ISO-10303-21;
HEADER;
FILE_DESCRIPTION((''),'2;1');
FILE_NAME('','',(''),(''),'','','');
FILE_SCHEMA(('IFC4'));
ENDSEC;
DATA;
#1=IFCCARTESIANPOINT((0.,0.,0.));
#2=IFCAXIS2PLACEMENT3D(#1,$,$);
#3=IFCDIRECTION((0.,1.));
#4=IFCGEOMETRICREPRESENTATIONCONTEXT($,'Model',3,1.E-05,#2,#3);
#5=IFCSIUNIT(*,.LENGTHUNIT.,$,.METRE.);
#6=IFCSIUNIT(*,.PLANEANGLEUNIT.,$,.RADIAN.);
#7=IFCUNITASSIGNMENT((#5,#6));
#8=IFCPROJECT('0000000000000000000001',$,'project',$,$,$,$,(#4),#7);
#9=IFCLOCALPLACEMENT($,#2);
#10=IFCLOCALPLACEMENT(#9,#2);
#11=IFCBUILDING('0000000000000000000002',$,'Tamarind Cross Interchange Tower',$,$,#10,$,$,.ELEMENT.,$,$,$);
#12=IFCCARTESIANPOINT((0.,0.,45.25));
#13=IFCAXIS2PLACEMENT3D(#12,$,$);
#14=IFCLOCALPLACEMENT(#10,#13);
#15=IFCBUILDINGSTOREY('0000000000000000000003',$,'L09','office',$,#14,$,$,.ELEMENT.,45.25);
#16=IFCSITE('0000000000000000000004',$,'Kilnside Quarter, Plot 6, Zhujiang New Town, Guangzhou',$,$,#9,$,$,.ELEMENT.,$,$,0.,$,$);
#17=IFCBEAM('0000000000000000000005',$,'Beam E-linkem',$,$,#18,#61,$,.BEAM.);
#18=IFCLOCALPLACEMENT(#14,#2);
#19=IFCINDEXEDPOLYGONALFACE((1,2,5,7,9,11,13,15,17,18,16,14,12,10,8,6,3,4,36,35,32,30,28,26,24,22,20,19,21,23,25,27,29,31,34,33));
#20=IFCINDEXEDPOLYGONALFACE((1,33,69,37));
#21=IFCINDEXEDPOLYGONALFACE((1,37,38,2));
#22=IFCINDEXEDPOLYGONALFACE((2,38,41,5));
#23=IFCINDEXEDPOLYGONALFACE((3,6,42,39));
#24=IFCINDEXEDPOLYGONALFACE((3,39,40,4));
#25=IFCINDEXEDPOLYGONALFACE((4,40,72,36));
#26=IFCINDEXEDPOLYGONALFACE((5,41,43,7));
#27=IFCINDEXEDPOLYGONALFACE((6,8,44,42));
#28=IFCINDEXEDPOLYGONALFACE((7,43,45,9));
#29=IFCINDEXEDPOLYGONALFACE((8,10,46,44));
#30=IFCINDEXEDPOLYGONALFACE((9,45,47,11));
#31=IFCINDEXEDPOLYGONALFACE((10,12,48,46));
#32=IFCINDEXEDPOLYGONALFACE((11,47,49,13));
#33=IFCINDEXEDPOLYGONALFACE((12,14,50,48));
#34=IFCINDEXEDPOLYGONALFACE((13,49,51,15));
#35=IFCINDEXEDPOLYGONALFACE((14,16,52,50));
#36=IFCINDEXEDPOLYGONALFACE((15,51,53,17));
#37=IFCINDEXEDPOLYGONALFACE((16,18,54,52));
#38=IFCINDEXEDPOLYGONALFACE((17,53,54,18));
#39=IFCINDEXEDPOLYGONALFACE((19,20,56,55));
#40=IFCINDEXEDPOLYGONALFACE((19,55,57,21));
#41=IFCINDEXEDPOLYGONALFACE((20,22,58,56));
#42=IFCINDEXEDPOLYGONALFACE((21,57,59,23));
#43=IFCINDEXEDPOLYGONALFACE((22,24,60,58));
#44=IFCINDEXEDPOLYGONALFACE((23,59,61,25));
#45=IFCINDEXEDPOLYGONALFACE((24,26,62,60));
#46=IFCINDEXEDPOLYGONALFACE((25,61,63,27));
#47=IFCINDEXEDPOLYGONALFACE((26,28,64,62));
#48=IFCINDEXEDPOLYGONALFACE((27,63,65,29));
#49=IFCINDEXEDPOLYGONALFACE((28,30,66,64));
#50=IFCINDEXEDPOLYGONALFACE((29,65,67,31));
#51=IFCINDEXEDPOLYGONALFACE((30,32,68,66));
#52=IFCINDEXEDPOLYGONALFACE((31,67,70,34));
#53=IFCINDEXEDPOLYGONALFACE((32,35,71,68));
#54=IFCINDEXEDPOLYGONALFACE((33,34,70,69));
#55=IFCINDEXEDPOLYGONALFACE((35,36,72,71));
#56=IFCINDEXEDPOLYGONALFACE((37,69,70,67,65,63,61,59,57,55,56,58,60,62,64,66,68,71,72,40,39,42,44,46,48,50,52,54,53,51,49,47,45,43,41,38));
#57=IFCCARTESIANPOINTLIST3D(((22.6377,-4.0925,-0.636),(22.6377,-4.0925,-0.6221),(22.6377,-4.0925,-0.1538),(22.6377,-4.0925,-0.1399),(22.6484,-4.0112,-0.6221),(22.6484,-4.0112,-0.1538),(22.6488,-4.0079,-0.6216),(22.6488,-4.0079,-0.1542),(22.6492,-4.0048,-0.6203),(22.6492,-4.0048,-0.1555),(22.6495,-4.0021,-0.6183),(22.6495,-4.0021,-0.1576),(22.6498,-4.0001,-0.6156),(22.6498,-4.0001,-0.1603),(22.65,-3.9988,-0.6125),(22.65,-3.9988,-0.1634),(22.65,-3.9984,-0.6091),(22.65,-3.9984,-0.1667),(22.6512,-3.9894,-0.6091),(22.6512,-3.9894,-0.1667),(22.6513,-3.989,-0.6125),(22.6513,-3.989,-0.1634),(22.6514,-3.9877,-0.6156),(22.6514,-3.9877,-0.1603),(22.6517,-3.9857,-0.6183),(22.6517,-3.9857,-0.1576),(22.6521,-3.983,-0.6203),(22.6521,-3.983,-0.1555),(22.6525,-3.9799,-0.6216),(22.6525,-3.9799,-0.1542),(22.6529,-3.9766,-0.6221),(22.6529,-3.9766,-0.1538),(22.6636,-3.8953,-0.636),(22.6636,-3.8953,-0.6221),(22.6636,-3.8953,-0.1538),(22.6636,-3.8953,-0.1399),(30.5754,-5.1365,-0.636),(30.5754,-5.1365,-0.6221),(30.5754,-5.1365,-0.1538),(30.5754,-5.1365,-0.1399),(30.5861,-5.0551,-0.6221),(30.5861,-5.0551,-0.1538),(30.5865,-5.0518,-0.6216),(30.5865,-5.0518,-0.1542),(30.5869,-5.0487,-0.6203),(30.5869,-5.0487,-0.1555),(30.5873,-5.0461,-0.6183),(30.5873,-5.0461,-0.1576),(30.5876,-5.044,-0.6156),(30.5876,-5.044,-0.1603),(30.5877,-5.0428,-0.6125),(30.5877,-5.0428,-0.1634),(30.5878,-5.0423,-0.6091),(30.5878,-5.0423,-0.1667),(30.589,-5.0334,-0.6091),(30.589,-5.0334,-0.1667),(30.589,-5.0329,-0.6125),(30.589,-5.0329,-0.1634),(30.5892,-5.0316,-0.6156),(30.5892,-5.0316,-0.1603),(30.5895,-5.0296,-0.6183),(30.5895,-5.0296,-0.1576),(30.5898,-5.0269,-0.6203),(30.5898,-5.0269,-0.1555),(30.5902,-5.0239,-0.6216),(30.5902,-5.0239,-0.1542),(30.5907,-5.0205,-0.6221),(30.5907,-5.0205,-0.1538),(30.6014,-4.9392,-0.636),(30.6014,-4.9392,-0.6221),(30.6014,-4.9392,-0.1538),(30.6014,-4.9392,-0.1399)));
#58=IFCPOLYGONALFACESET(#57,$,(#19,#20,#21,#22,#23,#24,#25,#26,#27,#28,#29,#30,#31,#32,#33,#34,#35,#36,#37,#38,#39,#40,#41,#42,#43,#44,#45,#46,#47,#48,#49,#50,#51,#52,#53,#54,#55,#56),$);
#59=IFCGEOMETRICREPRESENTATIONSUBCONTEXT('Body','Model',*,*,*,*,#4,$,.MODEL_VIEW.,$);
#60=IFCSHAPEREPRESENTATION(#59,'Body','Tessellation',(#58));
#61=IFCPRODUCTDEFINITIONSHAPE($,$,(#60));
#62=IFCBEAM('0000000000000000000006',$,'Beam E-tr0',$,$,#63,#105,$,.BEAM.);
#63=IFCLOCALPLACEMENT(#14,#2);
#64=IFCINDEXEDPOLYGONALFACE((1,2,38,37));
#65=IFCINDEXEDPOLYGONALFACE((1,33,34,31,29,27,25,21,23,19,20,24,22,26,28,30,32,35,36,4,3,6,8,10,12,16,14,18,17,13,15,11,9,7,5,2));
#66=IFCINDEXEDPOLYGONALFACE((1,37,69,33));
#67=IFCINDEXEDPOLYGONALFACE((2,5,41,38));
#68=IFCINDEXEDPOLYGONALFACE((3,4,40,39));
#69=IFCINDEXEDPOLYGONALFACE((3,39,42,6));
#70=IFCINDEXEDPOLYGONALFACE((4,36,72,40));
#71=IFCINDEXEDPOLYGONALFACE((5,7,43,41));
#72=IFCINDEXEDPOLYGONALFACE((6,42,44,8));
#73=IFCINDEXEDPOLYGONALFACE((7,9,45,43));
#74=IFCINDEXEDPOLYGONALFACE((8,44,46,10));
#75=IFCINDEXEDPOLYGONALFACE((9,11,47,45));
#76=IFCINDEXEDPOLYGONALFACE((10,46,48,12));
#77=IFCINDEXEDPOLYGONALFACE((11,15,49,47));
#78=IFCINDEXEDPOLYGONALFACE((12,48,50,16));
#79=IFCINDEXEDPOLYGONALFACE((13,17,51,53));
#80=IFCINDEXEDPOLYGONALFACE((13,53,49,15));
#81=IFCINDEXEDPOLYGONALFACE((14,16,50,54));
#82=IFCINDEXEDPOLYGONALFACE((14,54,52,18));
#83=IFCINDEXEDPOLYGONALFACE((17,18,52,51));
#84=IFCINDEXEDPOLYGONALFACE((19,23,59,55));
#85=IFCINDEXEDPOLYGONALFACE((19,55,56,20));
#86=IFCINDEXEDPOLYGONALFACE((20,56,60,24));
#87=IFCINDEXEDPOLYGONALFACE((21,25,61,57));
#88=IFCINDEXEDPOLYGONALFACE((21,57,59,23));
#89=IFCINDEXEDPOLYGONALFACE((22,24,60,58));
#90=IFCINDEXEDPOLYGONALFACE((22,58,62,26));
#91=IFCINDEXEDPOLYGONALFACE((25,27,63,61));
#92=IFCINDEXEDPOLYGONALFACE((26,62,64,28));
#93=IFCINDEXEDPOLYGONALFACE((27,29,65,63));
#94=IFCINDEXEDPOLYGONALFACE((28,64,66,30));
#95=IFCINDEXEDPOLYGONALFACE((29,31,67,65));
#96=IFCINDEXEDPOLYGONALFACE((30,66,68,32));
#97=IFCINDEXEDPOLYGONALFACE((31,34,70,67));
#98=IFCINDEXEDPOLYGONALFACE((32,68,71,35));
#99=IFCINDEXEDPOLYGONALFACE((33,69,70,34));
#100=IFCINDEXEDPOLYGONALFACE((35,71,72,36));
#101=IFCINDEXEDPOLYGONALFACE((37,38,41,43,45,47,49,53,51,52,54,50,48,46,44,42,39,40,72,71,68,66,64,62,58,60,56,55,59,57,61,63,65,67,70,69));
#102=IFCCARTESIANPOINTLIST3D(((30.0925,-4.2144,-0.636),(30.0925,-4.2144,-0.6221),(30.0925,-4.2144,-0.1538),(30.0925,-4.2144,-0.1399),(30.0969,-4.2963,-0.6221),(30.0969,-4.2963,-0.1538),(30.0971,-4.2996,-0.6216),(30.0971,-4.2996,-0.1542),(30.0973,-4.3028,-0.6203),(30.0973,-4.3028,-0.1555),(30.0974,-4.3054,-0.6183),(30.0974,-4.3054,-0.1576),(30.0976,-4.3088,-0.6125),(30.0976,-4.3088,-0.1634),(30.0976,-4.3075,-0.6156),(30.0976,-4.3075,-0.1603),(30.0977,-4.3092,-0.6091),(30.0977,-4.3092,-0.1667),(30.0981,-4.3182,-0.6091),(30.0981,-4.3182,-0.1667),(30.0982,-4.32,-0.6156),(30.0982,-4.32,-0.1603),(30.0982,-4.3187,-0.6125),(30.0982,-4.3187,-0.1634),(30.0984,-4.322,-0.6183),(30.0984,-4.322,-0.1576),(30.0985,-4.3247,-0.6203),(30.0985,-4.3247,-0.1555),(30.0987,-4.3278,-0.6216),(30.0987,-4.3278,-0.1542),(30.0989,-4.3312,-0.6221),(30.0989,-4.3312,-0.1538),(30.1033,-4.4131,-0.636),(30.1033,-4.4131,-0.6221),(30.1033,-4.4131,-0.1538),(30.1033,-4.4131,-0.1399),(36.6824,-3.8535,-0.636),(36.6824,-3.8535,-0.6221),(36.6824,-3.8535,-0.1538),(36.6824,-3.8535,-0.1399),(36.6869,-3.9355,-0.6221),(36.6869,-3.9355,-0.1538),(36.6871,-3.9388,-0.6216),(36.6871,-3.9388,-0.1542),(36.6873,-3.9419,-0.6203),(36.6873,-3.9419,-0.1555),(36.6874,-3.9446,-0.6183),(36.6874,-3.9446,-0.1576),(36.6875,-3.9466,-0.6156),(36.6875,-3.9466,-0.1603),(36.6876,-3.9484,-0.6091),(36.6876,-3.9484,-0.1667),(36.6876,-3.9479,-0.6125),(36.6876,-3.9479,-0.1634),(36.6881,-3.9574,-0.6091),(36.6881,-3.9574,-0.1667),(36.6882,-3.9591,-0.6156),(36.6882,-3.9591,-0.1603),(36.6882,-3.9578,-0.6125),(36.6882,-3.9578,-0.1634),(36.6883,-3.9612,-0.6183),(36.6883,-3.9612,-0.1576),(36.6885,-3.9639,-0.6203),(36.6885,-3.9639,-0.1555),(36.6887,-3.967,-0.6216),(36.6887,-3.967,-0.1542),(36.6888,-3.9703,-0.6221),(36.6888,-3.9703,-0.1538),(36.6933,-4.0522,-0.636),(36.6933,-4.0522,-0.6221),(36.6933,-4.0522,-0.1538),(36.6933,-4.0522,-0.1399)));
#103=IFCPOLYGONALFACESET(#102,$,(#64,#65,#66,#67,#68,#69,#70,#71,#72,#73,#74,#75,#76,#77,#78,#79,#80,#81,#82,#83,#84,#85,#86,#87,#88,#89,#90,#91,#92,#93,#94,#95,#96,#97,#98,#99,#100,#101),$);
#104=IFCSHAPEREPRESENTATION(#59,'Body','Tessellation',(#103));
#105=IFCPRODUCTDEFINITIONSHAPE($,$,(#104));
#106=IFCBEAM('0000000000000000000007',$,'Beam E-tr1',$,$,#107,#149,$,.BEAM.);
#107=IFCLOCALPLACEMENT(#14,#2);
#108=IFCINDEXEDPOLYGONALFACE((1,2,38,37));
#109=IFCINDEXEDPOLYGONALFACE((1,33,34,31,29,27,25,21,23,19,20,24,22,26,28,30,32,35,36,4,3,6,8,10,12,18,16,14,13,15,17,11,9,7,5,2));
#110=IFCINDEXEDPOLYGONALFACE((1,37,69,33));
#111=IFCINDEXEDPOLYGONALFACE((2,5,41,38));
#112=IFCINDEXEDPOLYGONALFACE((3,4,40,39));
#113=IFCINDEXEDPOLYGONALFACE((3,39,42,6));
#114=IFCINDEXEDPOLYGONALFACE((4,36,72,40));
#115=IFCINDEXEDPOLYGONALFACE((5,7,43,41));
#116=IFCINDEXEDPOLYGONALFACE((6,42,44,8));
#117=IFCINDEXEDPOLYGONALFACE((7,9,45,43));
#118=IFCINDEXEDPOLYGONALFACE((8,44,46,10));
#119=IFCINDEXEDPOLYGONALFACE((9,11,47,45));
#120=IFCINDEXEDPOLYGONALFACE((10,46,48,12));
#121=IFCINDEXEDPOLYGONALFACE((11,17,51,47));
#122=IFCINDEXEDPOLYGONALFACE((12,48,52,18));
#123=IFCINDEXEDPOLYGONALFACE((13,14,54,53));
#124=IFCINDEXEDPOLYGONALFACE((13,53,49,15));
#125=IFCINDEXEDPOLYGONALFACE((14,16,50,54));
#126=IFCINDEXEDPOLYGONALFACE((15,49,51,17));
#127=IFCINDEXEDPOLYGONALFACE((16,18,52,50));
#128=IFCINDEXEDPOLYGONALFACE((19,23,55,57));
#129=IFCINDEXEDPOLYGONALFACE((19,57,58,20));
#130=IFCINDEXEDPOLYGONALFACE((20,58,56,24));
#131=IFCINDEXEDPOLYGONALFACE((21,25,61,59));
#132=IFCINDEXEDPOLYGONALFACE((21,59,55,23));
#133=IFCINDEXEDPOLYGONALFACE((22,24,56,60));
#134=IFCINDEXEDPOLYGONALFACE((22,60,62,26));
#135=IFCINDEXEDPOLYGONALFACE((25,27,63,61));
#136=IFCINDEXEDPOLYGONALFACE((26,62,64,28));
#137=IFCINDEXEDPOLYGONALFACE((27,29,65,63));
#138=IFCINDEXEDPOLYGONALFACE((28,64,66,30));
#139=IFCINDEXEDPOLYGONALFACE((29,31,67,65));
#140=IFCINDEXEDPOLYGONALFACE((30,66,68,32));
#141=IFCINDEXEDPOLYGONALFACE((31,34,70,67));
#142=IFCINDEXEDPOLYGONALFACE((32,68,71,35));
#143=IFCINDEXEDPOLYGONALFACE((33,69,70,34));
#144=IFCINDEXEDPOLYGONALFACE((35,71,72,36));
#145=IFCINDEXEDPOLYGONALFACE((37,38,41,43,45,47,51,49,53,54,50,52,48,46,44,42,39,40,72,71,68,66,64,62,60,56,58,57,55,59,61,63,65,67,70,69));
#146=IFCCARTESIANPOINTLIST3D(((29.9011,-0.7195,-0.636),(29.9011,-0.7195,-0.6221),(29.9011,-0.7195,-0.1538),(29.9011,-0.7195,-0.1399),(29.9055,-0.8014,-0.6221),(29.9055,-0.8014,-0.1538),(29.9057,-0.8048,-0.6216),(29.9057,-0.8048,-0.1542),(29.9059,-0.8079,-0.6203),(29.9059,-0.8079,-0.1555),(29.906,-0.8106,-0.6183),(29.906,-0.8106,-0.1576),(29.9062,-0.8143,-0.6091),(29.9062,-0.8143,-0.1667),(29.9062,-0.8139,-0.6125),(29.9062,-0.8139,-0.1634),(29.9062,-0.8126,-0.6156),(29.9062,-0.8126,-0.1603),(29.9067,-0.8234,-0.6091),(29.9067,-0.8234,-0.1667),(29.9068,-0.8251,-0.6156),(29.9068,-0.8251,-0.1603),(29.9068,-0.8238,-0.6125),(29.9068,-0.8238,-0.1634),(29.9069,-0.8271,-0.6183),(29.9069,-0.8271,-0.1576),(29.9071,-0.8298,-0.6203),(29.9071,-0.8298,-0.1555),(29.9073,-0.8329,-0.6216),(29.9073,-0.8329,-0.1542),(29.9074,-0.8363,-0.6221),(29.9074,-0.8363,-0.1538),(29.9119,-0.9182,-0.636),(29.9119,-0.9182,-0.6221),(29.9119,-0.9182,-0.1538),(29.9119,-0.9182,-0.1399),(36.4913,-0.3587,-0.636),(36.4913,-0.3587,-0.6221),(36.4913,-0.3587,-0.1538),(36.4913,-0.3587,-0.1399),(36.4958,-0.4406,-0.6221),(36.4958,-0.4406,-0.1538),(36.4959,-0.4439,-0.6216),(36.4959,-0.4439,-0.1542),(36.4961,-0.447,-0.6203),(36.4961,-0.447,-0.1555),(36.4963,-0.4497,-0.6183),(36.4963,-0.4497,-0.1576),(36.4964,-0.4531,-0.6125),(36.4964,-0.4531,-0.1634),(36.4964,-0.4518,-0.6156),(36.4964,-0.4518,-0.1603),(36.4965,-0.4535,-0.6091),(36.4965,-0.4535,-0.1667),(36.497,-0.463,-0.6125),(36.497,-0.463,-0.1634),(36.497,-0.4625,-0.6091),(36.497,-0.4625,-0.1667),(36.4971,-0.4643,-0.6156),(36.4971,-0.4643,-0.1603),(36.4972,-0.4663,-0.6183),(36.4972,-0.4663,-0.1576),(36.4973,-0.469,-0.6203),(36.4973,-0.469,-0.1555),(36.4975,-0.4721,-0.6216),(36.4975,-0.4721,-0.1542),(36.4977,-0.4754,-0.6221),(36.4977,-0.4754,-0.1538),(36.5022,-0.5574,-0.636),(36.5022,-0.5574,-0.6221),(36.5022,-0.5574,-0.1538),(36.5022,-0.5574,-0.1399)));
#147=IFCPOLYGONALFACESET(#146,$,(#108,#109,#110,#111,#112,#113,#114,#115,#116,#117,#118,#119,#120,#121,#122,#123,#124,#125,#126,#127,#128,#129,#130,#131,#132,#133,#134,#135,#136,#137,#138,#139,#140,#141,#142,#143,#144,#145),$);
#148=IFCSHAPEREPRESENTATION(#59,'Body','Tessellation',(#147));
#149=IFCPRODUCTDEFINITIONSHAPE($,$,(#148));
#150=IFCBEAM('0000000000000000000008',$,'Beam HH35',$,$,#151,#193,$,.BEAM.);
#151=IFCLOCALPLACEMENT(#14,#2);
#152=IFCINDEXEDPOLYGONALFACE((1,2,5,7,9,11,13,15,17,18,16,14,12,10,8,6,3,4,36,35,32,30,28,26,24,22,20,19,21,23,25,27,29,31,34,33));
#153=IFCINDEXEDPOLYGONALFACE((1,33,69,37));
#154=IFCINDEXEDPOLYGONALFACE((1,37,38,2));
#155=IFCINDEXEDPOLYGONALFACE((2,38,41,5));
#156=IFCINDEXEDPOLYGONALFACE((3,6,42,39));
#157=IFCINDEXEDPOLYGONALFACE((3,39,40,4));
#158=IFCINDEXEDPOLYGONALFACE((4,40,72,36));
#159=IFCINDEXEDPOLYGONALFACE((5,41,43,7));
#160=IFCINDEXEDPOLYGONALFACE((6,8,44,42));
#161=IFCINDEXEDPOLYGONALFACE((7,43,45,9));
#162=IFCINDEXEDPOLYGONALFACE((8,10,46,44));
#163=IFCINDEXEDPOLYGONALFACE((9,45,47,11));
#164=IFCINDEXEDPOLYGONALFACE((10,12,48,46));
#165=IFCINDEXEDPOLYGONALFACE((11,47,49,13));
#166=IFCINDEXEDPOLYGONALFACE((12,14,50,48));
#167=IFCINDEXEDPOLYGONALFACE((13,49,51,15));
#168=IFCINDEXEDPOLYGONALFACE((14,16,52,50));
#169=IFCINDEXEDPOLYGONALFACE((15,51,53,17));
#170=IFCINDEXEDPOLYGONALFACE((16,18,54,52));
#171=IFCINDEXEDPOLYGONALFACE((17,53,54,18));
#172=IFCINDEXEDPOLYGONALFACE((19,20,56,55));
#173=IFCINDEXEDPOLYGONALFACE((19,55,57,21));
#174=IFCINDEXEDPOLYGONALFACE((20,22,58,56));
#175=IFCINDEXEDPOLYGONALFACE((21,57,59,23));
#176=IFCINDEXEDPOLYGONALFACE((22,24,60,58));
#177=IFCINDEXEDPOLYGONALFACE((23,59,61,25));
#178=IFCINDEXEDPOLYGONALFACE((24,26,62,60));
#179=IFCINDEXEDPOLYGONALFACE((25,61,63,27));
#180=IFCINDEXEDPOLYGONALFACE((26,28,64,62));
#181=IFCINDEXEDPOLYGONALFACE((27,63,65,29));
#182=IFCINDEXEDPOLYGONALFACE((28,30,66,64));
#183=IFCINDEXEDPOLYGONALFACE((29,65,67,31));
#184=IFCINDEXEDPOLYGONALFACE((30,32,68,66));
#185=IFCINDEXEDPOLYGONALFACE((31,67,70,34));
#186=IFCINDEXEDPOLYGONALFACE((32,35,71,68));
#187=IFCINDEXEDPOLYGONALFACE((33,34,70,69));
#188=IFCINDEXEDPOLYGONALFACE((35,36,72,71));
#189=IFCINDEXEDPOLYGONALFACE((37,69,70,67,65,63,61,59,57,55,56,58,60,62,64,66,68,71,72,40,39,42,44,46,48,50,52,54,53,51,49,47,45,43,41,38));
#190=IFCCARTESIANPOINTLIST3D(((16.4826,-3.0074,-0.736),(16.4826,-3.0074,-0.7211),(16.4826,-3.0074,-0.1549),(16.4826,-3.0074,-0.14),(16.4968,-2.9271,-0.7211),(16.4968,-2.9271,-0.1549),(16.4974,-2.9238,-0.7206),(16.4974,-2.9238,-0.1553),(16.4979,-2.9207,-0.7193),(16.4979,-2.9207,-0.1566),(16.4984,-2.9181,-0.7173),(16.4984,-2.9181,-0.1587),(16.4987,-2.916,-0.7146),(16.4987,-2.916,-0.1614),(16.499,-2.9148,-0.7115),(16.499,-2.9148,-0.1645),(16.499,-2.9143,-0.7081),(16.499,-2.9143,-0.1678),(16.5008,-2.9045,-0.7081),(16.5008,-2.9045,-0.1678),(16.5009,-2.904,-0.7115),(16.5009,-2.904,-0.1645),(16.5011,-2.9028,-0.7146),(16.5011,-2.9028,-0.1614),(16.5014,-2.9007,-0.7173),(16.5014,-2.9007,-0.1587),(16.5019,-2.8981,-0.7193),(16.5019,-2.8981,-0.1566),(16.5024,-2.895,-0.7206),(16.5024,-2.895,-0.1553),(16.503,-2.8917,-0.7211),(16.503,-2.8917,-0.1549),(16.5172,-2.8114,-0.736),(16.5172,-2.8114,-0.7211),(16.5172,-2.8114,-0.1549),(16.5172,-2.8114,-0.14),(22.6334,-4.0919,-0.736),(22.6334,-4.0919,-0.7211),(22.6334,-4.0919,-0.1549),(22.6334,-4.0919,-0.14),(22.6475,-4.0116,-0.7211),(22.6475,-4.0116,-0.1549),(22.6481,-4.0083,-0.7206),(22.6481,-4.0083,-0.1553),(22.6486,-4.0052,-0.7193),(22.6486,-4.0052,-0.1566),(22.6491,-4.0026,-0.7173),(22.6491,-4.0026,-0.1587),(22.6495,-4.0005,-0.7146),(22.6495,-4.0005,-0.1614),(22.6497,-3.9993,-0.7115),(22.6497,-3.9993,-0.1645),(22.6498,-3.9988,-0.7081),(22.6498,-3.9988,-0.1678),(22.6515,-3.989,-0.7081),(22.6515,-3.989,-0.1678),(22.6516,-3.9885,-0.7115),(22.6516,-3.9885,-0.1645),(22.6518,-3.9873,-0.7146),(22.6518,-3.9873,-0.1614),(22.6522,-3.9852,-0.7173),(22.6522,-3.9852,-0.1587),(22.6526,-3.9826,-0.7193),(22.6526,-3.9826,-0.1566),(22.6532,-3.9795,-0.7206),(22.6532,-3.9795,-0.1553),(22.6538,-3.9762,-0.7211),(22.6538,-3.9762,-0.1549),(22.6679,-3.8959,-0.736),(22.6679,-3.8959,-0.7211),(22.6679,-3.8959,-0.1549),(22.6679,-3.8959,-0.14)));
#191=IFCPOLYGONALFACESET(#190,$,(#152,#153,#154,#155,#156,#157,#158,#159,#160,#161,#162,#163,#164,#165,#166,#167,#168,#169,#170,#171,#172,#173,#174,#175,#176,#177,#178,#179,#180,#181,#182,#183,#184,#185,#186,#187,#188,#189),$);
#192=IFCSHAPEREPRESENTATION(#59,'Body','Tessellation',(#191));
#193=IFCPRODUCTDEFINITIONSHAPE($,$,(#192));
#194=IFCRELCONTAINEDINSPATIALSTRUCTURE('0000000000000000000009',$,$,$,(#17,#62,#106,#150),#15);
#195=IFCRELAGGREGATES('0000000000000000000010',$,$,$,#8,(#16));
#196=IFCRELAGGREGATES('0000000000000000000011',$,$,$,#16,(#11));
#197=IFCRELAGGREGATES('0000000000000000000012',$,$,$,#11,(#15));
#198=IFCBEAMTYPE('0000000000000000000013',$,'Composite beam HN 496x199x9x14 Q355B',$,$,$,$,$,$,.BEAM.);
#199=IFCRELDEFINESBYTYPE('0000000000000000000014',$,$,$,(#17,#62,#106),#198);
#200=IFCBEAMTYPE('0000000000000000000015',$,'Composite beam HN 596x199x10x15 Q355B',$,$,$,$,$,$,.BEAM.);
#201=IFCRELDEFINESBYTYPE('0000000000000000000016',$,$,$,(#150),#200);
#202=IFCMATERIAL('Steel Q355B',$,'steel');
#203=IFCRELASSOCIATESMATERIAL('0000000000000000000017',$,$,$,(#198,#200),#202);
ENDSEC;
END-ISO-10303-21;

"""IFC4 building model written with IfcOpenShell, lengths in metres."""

from ifc_helpers import new_model, si_unit, direction, frame, origin, origin_2d, place, context, subcontext, project, spatial, i_section, extrude, material, material_profile, profile_set, type_object, element, save


model = new_model("IFC4")

# Units and contexts
model_context = context("Model", 3, precision=1e-05, world=origin(), true_north=direction((0.0, 1.0)))
body_context = subcontext(model_context, "Body", "Model", "MODEL_VIEW")
ifc_project = project(units=[si_unit("LENGTHUNIT", "METRE"), si_unit("PLANEANGLEUNIT", "RADIAN")], contexts=[model_context])

# Site, building, storey
site_placement = place(None, origin())
site = spatial("IfcSite", under=ifc_project, at=site_placement, Name="Kilnside Quarter, Plot 6, Zhujiang New Town, Guangzhou", CompositionType="ELEMENT", RefElevation=0.0)
building_placement = place(site_placement, origin())
building = spatial("IfcBuilding", under=site, at=building_placement, Name="Tamarind Cross Interchange Tower", CompositionType="ELEMENT")
storey_placement = place(building_placement, frame((0.0, 0.0, 45.25)))
storey = spatial("IfcBuildingStorey", under=building, at=storey_placement, Name="L09", Description="office", CompositionType="ELEMENT", Elevation=45.25)

# Beams
ifc_material_1 = material(Name="Steel Q355B", Category="steel")
ifc_material_profile_1 = material_profile(ifc_material_1, i_section(OverallWidth=0.199, OverallDepth=0.4961, WebThickness=0.009, FlangeThickness=0.0139, FilletRadius=0.0129, at=origin_2d()), Name="HN 496x199x9x14")
ifc_profile_set_1 = profile_set([ifc_material_profile_1], Name="Steel Q355B")
beam_type_1 = type_object("IfcBeamType", Name="Composite beam HN 496x199x9x14 Q355B", PredefinedType="BEAM", material=ifc_profile_set_1)
beam_1_placement = place(storey_placement, frame((30.5884, -5.0378, -0.3879), z_axis=(-0.991462, 0.130394, 0.0), x_axis=(-0.130394, -0.991462, 0.0)))
element("IfcBeam", 1, at=beam_1_placement, inside=storey, type_object=beam_type_1, Name="Beam E-linkem", PredefinedType="BEAM", context=body_context, shape_type="SweptSolid", body=[
    extrude(i_section(OverallWidth=0.199, OverallDepth=0.4961, WebThickness=0.009, FlangeThickness=0.0139, FilletRadius=0.0129, at=origin_2d()), origin(), (0.0, 0.0, 1.0), 8.0061),
])
beam_2_placement = place(storey_placement, frame((30.0979, -4.3137, -0.3879), z_axis=(0.998504, 0.054673, 0.0), x_axis=(-0.054673, 0.998504, 0.0)))
element("IfcBeam", 2, at=beam_2_placement, inside=storey, type_object=beam_type_1, Name="Beam E-tr0", PredefinedType="BEAM", context=body_context, shape_type="SweptSolid", body=[
    extrude(i_section(OverallWidth=0.199, OverallDepth=0.4961, WebThickness=0.009, FlangeThickness=0.0139, FilletRadius=0.0129, at=origin_2d()), origin(), (0.0, 0.0, 1.0), 6.5999),
])
beam_3_placement = place(storey_placement, frame((29.9065, -0.8188, -0.3879), z_axis=(0.998504, 0.054671, 0.0), x_axis=(-0.054671, 0.998504, 0.0)))
element("IfcBeam", 3, at=beam_3_placement, inside=storey, type_object=beam_type_1, Name="Beam E-tr1", PredefinedType="BEAM", context=body_context, shape_type="SweptSolid", body=[
    extrude(i_section(OverallWidth=0.199, OverallDepth=0.4961, WebThickness=0.009, FlangeThickness=0.0139, FilletRadius=0.0129, at=origin_2d()), origin(), (0.0, 0.0, 1.0), 6.6001),
])
ifc_material_profile_2 = material_profile(ifc_material_1, i_section(OverallWidth=0.199, OverallDepth=0.5959, WebThickness=0.01, FlangeThickness=0.0149, FilletRadius=0.0129, at=origin_2d()), Name="HN 596x199x10x15")
ifc_profile_set_2 = profile_set([ifc_material_profile_2], Name="Steel Q355B")
beam_type_2 = type_object("IfcBeamType", Name="Composite beam HN 596x199x10x15 Q355B", PredefinedType="BEAM", material=ifc_profile_set_2)
beam_4_placement = place(storey_placement, frame((22.6506, -3.9939, -0.438), z_axis=(-0.984809, 0.17364, 0.0), x_axis=(-0.17364, -0.984809, 0.0)))
element("IfcBeam", 4, at=beam_4_placement, inside=storey, type_object=beam_type_2, Name="Beam HH35", PredefinedType="BEAM", context=body_context, shape_type="SweptSolid", body=[
    extrude(i_section(OverallWidth=0.199, OverallDepth=0.5959, WebThickness=0.01, FlangeThickness=0.0149, FilletRadius=0.0129, at=origin_2d()), origin(), (0.0, 0.0, 1.0), 6.2456),
])

save(model, "model.ifc")
